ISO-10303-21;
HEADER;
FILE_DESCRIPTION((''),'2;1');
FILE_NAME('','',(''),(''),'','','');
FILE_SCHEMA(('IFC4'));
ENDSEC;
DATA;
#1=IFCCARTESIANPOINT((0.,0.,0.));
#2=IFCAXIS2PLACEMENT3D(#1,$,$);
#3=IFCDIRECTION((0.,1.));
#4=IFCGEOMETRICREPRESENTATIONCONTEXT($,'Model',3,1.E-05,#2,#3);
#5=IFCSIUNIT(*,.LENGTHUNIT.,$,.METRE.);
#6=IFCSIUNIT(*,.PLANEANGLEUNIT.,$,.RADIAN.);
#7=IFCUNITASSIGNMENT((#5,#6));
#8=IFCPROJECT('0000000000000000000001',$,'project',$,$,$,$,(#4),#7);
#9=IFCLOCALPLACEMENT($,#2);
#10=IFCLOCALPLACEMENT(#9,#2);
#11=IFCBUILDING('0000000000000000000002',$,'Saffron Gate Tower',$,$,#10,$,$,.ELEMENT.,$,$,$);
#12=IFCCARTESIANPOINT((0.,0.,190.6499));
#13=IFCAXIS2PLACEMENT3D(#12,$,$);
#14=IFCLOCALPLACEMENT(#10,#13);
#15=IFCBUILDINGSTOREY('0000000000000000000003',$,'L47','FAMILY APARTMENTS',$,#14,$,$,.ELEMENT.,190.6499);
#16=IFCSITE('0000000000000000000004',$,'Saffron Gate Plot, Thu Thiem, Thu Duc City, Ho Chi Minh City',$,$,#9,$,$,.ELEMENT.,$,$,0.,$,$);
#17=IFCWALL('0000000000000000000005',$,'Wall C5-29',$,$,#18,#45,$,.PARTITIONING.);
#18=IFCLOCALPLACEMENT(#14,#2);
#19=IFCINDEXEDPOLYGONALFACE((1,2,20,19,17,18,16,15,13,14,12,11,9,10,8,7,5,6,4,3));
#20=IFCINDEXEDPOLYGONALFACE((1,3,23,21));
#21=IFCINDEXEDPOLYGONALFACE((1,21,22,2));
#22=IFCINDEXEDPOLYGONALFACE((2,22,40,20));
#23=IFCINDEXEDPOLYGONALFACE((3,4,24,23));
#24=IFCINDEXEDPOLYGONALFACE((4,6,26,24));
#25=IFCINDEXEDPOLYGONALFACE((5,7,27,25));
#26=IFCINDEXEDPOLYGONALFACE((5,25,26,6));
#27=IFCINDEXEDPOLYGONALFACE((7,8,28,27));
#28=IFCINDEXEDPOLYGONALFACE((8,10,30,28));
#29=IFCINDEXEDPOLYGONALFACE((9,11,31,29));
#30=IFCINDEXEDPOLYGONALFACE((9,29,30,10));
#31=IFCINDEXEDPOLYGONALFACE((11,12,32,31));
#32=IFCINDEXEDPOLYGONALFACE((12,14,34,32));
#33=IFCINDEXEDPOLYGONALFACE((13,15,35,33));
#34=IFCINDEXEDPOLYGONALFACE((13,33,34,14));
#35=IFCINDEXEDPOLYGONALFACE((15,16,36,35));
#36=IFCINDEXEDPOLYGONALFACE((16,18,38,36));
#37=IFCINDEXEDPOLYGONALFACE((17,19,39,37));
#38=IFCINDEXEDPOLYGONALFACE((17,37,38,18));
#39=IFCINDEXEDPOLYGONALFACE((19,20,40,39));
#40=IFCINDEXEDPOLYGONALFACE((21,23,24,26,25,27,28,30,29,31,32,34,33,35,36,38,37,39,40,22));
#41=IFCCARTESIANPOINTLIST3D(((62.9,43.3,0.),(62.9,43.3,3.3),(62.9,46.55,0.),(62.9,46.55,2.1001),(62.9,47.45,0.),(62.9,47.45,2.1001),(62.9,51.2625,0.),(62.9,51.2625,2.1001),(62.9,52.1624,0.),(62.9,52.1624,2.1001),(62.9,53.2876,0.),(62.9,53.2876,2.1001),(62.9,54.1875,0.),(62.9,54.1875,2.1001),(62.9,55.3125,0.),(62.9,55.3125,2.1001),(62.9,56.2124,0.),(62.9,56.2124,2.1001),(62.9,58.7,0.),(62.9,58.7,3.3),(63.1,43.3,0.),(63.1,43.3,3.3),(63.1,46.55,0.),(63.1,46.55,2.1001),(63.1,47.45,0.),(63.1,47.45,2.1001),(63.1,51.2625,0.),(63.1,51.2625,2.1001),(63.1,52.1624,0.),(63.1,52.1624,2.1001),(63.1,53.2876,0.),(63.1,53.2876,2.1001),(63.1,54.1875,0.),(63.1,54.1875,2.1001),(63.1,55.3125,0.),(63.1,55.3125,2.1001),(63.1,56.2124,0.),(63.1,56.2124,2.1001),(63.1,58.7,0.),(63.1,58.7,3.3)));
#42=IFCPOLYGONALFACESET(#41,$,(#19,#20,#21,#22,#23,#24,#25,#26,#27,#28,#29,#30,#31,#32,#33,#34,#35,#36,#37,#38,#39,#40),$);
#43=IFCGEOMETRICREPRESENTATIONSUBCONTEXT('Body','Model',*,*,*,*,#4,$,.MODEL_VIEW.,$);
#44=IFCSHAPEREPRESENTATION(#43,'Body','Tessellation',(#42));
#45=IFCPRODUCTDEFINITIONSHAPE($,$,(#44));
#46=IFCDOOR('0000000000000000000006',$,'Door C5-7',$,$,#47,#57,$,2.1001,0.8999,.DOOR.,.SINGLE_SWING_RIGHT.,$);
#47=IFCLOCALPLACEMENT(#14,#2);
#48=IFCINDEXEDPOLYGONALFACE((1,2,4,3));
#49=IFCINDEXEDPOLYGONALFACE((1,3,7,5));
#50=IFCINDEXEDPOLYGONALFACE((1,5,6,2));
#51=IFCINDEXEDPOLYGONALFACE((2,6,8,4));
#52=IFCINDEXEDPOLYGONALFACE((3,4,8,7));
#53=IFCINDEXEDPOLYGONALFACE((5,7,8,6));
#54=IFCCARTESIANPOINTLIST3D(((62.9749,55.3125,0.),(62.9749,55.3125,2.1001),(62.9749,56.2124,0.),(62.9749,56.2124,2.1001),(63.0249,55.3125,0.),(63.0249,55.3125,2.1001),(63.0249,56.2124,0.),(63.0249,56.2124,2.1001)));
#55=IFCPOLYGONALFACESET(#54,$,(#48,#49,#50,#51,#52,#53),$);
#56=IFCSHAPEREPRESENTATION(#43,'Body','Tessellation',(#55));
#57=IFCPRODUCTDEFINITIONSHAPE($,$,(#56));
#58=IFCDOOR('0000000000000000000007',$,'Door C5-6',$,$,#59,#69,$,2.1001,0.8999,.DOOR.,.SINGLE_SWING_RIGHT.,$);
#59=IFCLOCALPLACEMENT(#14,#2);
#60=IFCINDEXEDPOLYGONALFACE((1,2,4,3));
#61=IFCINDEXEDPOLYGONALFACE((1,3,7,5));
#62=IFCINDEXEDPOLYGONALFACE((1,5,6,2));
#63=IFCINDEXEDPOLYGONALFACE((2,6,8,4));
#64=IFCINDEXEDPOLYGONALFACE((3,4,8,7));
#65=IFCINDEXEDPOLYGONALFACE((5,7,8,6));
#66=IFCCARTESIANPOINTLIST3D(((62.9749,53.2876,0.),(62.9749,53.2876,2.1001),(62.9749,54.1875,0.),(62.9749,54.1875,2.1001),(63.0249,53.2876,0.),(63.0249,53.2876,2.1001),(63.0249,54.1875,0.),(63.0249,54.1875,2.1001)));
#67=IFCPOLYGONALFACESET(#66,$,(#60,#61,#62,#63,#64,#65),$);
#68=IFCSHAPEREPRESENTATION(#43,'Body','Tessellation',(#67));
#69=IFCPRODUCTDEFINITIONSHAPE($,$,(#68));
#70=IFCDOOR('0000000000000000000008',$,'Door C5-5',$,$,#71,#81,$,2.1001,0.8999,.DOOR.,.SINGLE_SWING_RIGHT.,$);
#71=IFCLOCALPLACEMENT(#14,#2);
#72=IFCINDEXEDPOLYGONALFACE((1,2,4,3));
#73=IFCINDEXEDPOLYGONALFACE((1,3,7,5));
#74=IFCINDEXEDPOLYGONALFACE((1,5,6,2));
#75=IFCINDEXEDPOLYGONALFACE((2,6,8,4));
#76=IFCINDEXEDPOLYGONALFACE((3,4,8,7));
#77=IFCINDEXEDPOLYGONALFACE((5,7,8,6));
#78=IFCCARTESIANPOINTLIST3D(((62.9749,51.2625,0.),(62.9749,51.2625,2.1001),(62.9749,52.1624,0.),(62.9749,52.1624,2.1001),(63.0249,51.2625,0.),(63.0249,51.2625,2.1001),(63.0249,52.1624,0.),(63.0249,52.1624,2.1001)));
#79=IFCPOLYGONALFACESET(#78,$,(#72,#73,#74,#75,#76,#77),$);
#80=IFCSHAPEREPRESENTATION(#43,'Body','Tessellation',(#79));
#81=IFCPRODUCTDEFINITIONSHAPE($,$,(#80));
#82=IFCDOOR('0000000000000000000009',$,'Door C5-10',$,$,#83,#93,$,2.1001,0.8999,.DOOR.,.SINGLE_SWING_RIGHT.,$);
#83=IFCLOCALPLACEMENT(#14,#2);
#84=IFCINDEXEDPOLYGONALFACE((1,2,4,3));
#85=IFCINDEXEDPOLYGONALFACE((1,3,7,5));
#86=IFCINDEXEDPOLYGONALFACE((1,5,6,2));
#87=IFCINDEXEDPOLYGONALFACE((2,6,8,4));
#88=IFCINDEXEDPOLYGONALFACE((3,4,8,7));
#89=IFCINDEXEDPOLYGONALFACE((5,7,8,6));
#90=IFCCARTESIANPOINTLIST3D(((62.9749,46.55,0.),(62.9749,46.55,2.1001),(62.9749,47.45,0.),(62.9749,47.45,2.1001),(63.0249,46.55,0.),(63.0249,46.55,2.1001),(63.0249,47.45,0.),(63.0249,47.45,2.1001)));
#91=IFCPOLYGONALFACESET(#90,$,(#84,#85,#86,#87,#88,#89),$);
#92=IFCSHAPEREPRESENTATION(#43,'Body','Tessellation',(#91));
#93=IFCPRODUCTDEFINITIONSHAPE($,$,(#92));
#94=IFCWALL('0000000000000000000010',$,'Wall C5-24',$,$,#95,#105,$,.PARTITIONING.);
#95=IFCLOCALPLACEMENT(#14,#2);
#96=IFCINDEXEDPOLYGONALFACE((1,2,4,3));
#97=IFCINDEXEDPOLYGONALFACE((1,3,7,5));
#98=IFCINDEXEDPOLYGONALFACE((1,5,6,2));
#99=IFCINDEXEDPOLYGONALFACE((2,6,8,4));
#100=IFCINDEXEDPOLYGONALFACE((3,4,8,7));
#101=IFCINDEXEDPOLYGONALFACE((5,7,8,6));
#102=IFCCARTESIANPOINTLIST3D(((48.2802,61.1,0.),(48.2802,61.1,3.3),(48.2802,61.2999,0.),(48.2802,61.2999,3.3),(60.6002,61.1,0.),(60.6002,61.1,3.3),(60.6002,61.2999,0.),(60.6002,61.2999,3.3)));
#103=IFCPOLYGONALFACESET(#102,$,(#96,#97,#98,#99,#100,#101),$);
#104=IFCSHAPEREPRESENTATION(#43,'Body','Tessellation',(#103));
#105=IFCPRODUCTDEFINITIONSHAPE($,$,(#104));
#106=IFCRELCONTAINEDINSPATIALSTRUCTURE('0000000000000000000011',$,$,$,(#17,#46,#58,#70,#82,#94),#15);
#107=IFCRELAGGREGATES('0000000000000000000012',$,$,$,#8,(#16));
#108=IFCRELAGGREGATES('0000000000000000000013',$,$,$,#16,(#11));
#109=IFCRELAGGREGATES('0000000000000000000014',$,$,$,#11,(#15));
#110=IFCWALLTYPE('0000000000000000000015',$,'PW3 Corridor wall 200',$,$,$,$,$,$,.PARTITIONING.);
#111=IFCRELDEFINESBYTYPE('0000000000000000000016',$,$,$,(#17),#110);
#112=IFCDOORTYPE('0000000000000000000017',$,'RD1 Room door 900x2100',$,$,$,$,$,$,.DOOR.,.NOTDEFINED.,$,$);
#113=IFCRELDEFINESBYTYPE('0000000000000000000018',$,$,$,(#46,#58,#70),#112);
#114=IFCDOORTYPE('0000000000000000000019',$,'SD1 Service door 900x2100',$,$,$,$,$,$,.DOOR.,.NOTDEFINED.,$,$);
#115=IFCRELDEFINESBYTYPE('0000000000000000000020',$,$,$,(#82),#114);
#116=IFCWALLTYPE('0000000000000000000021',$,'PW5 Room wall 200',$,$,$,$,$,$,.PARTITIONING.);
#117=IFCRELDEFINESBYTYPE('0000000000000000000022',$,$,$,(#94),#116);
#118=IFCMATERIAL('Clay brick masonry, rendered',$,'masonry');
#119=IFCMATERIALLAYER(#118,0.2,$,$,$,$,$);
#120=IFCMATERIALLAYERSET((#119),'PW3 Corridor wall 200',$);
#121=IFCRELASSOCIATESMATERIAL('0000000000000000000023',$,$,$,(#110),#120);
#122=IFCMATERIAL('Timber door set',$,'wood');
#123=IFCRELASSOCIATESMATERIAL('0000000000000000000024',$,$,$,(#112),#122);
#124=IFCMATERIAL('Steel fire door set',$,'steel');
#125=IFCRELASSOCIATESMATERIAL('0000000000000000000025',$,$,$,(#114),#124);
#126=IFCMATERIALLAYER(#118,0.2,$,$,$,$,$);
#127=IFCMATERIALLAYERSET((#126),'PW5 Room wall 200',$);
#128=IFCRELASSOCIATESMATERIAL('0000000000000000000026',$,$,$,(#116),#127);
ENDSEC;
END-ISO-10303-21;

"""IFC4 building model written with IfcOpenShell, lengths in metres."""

from ifc_helpers import new_model, si_unit, direction, frame, frame_2d, origin, place, context, subcontext, project, spatial, rectangle, extrude, material, layer, layer_set, type_object, element, fill, save


model = new_model("IFC4")

# Units and contexts
model_context = context("Model", 3, precision=1e-05, world=origin(), true_north=direction((0.0, 1.0)))
body_context = subcontext(model_context, "Body", "Model", "MODEL_VIEW")
ifc_project = project(units=[si_unit("LENGTHUNIT", "METRE"), si_unit("PLANEANGLEUNIT", "RADIAN")], contexts=[model_context])

# Site, building, storey
site_placement = place(None, origin())
site = spatial("IfcSite", under=ifc_project, at=site_placement, Name="Saffron Gate Plot, Thu Thiem, Thu Duc City, Ho Chi Minh City", CompositionType="ELEMENT", RefElevation=0.0)
building_placement = place(site_placement, origin())
building = spatial("IfcBuilding", under=site, at=building_placement, Name="Saffron Gate Tower", CompositionType="ELEMENT")
storey_placement = place(building_placement, frame((0.0, 0.0, 190.6499)))
storey = spatial("IfcBuildingStorey", under=building, at=storey_placement, Name="L47", Description="FAMILY APARTMENTS", CompositionType="ELEMENT", Elevation=190.6499)

# Shared definitions
ifc_material_1 = material(Name="Clay brick masonry, rendered", Category="masonry")
ifc_layer_1 = layer(ifc_material_1, 0.2)
ifc_layer_set_1 = layer_set([ifc_layer_1], Name="PW3 Corridor wall 200")
wall_type_1 = type_object("IfcWallType", Name="PW3 Corridor wall 200", PredefinedType="PARTITIONING", material=ifc_layer_set_1)

# Shared definitions
ifc_material_2 = material(Name="Timber door set", Category="wood")

# Wall, openings, doors
wall_1_placement = place(storey_placement, frame((63.0, 58.7, 0.0), z_axis=(0.0, 0.0, 1.0), x_axis=(0.0, -1.0, 0.0)))
wall_1 = element("IfcWall", 1, at=wall_1_placement, inside=storey, type_object=wall_type_1, Name="Wall C5-29", PredefinedType="PARTITIONING", context=body_context, shape_type="SweptSolid", body=[
    extrude(rectangle(XDim=15.3999, YDim=0.2, at=frame_2d((7.7, 0.0))), origin(), (0.0, 0.0, 1.0), 3.3),
])
opening_1_placement = place(wall_1_placement, frame((2.4875, 0.0, 0.0)))
opening_1 = element("IfcOpeningElement", 2, at=opening_1_placement, cuts=wall_1, PredefinedType="OPENING", context=body_context, shape_type="SweptSolid", body=[
    extrude(rectangle(XDim=0.8999, YDim=2.1001, at=frame_2d((0.45, 1.05))), frame((0.0, 0.1099, 0.0), z_axis=(0.0, -1.0, 0.0), x_axis=(1.0, 0.0, 0.0)), (0.0, 0.0, 1.0), 0.22),
])
opening_2_placement = place(wall_1_placement, frame((4.5125, 0.0, 0.0)))
opening_2 = element("IfcOpeningElement", 3, at=opening_2_placement, cuts=wall_1, PredefinedType="OPENING", context=body_context, shape_type="SweptSolid", body=[
    extrude(rectangle(XDim=0.8999, YDim=2.1001, at=frame_2d((0.45, 1.05))), frame((0.0, 0.1099, 0.0), z_axis=(0.0, -1.0, 0.0), x_axis=(1.0, 0.0, 0.0)), (0.0, 0.0, 1.0), 0.22),
])
opening_3_placement = place(wall_1_placement, frame((6.5376, 0.0, 0.0)))
opening_3 = element("IfcOpeningElement", 4, at=opening_3_placement, cuts=wall_1, PredefinedType="OPENING", context=body_context, shape_type="SweptSolid", body=[
    extrude(rectangle(XDim=0.8999, YDim=2.1001, at=frame_2d((0.45, 1.05))), frame((0.0, 0.1099, 0.0), z_axis=(0.0, -1.0, 0.0), x_axis=(1.0, 0.0, 0.0)), (0.0, 0.0, 1.0), 0.22),
])
opening_4_placement = place(wall_1_placement, frame((11.25, 0.0, 0.0)))
opening_4 = element("IfcOpeningElement", 5, at=opening_4_placement, cuts=wall_1, PredefinedType="OPENING", context=body_context, shape_type="SweptSolid", body=[
    extrude(rectangle(XDim=0.8999, YDim=2.1001, at=frame_2d((0.45, 1.05))), frame((0.0, 0.1099, 0.0), z_axis=(0.0, -1.0, 0.0), x_axis=(1.0, 0.0, 0.0)), (0.0, 0.0, 1.0), 0.22),
])
door_type_1 = type_object("IfcDoorType", Name="RD1 Room door 900x2100", OperationType="NOTDEFINED", PredefinedType="DOOR", material=ifc_material_2)
door_1_placement = place(opening_1_placement, origin())
door_1 = element("IfcDoor", 6, at=door_1_placement, inside=storey, type_object=door_type_1, Name="Door C5-7", OperationType="SINGLE_SWING_RIGHT", OverallHeight=2.1001, OverallWidth=0.8999, PredefinedType="DOOR", context=body_context, shape_type="SweptSolid", body=[
    extrude(rectangle(XDim=0.8999, YDim=2.1001, at=frame_2d((0.45, 1.05))), frame((0.0, 0.0249, 0.0), z_axis=(0.0, -1.0, 0.0), x_axis=(1.0, 0.0, 0.0)), (0.0, 0.0, 1.0), 0.05),
])
fill(opening_1, door_1)
door_2_placement = place(opening_2_placement, origin())
door_2 = element("IfcDoor", 7, at=door_2_placement, inside=storey, type_object=door_type_1, Name="Door C5-6", OperationType="SINGLE_SWING_RIGHT", OverallHeight=2.1001, OverallWidth=0.8999, PredefinedType="DOOR", context=body_context, shape_type="SweptSolid", body=[
    extrude(rectangle(XDim=0.8999, YDim=2.1001, at=frame_2d((0.45, 1.05))), frame((0.0, 0.0249, 0.0), z_axis=(0.0, -1.0, 0.0), x_axis=(1.0, 0.0, 0.0)), (0.0, 0.0, 1.0), 0.05),
])
fill(opening_2, door_2)
door_3_placement = place(opening_3_placement, origin())
door_3 = element("IfcDoor", 8, at=door_3_placement, inside=storey, type_object=door_type_1, Name="Door C5-5", OperationType="SINGLE_SWING_RIGHT", OverallHeight=2.1001, OverallWidth=0.8999, PredefinedType="DOOR", context=body_context, shape_type="SweptSolid", body=[
    extrude(rectangle(XDim=0.8999, YDim=2.1001, at=frame_2d((0.45, 1.05))), frame((0.0, 0.0249, 0.0), z_axis=(0.0, -1.0, 0.0), x_axis=(1.0, 0.0, 0.0)), (0.0, 0.0, 1.0), 0.05),
])
fill(opening_3, door_3)
ifc_material_3 = material(Name="Steel fire door set", Category="steel")
door_type_2 = type_object("IfcDoorType", Name="SD1 Service door 900x2100", OperationType="NOTDEFINED", PredefinedType="DOOR", material=ifc_material_3)
door_4_placement = place(opening_4_placement, origin())
door_4 = element("IfcDoor", 9, at=door_4_placement, inside=storey, type_object=door_type_2, Name="Door C5-10", OperationType="SINGLE_SWING_RIGHT", OverallHeight=2.1001, OverallWidth=0.8999, PredefinedType="DOOR", context=body_context, shape_type="SweptSolid", body=[
    extrude(rectangle(XDim=0.8999, YDim=2.1001, at=frame_2d((0.45, 1.05))), frame((0.0, 0.0249, 0.0), z_axis=(0.0, -1.0, 0.0), x_axis=(1.0, 0.0, 0.0)), (0.0, 0.0, 1.0), 0.05),
])
fill(opening_4, door_4)

# Wall
ifc_layer_2 = layer(ifc_material_1, 0.2)
ifc_layer_set_2 = layer_set([ifc_layer_2], Name="PW5 Room wall 200")
wall_type_2 = type_object("IfcWallType", Name="PW5 Room wall 200", PredefinedType="PARTITIONING", material=ifc_layer_set_2)
wall_2_placement = place(storey_placement, frame((48.28, 61.2, 0.0), z_axis=(0.0, 0.0, 1.0), x_axis=(1.0, 0.0, 0.0)))
element("IfcWall", 10, at=wall_2_placement, inside=storey, type_object=wall_type_2, Name="Wall C5-24", PredefinedType="PARTITIONING", context=body_context, shape_type="SweptSolid", body=[
    extrude(rectangle(XDim=12.3201, YDim=0.2, at=frame_2d((6.1602, 0.0))), origin(), (0.0, 0.0, 1.0), 3.3),
])

save(model, "model.ifc")
